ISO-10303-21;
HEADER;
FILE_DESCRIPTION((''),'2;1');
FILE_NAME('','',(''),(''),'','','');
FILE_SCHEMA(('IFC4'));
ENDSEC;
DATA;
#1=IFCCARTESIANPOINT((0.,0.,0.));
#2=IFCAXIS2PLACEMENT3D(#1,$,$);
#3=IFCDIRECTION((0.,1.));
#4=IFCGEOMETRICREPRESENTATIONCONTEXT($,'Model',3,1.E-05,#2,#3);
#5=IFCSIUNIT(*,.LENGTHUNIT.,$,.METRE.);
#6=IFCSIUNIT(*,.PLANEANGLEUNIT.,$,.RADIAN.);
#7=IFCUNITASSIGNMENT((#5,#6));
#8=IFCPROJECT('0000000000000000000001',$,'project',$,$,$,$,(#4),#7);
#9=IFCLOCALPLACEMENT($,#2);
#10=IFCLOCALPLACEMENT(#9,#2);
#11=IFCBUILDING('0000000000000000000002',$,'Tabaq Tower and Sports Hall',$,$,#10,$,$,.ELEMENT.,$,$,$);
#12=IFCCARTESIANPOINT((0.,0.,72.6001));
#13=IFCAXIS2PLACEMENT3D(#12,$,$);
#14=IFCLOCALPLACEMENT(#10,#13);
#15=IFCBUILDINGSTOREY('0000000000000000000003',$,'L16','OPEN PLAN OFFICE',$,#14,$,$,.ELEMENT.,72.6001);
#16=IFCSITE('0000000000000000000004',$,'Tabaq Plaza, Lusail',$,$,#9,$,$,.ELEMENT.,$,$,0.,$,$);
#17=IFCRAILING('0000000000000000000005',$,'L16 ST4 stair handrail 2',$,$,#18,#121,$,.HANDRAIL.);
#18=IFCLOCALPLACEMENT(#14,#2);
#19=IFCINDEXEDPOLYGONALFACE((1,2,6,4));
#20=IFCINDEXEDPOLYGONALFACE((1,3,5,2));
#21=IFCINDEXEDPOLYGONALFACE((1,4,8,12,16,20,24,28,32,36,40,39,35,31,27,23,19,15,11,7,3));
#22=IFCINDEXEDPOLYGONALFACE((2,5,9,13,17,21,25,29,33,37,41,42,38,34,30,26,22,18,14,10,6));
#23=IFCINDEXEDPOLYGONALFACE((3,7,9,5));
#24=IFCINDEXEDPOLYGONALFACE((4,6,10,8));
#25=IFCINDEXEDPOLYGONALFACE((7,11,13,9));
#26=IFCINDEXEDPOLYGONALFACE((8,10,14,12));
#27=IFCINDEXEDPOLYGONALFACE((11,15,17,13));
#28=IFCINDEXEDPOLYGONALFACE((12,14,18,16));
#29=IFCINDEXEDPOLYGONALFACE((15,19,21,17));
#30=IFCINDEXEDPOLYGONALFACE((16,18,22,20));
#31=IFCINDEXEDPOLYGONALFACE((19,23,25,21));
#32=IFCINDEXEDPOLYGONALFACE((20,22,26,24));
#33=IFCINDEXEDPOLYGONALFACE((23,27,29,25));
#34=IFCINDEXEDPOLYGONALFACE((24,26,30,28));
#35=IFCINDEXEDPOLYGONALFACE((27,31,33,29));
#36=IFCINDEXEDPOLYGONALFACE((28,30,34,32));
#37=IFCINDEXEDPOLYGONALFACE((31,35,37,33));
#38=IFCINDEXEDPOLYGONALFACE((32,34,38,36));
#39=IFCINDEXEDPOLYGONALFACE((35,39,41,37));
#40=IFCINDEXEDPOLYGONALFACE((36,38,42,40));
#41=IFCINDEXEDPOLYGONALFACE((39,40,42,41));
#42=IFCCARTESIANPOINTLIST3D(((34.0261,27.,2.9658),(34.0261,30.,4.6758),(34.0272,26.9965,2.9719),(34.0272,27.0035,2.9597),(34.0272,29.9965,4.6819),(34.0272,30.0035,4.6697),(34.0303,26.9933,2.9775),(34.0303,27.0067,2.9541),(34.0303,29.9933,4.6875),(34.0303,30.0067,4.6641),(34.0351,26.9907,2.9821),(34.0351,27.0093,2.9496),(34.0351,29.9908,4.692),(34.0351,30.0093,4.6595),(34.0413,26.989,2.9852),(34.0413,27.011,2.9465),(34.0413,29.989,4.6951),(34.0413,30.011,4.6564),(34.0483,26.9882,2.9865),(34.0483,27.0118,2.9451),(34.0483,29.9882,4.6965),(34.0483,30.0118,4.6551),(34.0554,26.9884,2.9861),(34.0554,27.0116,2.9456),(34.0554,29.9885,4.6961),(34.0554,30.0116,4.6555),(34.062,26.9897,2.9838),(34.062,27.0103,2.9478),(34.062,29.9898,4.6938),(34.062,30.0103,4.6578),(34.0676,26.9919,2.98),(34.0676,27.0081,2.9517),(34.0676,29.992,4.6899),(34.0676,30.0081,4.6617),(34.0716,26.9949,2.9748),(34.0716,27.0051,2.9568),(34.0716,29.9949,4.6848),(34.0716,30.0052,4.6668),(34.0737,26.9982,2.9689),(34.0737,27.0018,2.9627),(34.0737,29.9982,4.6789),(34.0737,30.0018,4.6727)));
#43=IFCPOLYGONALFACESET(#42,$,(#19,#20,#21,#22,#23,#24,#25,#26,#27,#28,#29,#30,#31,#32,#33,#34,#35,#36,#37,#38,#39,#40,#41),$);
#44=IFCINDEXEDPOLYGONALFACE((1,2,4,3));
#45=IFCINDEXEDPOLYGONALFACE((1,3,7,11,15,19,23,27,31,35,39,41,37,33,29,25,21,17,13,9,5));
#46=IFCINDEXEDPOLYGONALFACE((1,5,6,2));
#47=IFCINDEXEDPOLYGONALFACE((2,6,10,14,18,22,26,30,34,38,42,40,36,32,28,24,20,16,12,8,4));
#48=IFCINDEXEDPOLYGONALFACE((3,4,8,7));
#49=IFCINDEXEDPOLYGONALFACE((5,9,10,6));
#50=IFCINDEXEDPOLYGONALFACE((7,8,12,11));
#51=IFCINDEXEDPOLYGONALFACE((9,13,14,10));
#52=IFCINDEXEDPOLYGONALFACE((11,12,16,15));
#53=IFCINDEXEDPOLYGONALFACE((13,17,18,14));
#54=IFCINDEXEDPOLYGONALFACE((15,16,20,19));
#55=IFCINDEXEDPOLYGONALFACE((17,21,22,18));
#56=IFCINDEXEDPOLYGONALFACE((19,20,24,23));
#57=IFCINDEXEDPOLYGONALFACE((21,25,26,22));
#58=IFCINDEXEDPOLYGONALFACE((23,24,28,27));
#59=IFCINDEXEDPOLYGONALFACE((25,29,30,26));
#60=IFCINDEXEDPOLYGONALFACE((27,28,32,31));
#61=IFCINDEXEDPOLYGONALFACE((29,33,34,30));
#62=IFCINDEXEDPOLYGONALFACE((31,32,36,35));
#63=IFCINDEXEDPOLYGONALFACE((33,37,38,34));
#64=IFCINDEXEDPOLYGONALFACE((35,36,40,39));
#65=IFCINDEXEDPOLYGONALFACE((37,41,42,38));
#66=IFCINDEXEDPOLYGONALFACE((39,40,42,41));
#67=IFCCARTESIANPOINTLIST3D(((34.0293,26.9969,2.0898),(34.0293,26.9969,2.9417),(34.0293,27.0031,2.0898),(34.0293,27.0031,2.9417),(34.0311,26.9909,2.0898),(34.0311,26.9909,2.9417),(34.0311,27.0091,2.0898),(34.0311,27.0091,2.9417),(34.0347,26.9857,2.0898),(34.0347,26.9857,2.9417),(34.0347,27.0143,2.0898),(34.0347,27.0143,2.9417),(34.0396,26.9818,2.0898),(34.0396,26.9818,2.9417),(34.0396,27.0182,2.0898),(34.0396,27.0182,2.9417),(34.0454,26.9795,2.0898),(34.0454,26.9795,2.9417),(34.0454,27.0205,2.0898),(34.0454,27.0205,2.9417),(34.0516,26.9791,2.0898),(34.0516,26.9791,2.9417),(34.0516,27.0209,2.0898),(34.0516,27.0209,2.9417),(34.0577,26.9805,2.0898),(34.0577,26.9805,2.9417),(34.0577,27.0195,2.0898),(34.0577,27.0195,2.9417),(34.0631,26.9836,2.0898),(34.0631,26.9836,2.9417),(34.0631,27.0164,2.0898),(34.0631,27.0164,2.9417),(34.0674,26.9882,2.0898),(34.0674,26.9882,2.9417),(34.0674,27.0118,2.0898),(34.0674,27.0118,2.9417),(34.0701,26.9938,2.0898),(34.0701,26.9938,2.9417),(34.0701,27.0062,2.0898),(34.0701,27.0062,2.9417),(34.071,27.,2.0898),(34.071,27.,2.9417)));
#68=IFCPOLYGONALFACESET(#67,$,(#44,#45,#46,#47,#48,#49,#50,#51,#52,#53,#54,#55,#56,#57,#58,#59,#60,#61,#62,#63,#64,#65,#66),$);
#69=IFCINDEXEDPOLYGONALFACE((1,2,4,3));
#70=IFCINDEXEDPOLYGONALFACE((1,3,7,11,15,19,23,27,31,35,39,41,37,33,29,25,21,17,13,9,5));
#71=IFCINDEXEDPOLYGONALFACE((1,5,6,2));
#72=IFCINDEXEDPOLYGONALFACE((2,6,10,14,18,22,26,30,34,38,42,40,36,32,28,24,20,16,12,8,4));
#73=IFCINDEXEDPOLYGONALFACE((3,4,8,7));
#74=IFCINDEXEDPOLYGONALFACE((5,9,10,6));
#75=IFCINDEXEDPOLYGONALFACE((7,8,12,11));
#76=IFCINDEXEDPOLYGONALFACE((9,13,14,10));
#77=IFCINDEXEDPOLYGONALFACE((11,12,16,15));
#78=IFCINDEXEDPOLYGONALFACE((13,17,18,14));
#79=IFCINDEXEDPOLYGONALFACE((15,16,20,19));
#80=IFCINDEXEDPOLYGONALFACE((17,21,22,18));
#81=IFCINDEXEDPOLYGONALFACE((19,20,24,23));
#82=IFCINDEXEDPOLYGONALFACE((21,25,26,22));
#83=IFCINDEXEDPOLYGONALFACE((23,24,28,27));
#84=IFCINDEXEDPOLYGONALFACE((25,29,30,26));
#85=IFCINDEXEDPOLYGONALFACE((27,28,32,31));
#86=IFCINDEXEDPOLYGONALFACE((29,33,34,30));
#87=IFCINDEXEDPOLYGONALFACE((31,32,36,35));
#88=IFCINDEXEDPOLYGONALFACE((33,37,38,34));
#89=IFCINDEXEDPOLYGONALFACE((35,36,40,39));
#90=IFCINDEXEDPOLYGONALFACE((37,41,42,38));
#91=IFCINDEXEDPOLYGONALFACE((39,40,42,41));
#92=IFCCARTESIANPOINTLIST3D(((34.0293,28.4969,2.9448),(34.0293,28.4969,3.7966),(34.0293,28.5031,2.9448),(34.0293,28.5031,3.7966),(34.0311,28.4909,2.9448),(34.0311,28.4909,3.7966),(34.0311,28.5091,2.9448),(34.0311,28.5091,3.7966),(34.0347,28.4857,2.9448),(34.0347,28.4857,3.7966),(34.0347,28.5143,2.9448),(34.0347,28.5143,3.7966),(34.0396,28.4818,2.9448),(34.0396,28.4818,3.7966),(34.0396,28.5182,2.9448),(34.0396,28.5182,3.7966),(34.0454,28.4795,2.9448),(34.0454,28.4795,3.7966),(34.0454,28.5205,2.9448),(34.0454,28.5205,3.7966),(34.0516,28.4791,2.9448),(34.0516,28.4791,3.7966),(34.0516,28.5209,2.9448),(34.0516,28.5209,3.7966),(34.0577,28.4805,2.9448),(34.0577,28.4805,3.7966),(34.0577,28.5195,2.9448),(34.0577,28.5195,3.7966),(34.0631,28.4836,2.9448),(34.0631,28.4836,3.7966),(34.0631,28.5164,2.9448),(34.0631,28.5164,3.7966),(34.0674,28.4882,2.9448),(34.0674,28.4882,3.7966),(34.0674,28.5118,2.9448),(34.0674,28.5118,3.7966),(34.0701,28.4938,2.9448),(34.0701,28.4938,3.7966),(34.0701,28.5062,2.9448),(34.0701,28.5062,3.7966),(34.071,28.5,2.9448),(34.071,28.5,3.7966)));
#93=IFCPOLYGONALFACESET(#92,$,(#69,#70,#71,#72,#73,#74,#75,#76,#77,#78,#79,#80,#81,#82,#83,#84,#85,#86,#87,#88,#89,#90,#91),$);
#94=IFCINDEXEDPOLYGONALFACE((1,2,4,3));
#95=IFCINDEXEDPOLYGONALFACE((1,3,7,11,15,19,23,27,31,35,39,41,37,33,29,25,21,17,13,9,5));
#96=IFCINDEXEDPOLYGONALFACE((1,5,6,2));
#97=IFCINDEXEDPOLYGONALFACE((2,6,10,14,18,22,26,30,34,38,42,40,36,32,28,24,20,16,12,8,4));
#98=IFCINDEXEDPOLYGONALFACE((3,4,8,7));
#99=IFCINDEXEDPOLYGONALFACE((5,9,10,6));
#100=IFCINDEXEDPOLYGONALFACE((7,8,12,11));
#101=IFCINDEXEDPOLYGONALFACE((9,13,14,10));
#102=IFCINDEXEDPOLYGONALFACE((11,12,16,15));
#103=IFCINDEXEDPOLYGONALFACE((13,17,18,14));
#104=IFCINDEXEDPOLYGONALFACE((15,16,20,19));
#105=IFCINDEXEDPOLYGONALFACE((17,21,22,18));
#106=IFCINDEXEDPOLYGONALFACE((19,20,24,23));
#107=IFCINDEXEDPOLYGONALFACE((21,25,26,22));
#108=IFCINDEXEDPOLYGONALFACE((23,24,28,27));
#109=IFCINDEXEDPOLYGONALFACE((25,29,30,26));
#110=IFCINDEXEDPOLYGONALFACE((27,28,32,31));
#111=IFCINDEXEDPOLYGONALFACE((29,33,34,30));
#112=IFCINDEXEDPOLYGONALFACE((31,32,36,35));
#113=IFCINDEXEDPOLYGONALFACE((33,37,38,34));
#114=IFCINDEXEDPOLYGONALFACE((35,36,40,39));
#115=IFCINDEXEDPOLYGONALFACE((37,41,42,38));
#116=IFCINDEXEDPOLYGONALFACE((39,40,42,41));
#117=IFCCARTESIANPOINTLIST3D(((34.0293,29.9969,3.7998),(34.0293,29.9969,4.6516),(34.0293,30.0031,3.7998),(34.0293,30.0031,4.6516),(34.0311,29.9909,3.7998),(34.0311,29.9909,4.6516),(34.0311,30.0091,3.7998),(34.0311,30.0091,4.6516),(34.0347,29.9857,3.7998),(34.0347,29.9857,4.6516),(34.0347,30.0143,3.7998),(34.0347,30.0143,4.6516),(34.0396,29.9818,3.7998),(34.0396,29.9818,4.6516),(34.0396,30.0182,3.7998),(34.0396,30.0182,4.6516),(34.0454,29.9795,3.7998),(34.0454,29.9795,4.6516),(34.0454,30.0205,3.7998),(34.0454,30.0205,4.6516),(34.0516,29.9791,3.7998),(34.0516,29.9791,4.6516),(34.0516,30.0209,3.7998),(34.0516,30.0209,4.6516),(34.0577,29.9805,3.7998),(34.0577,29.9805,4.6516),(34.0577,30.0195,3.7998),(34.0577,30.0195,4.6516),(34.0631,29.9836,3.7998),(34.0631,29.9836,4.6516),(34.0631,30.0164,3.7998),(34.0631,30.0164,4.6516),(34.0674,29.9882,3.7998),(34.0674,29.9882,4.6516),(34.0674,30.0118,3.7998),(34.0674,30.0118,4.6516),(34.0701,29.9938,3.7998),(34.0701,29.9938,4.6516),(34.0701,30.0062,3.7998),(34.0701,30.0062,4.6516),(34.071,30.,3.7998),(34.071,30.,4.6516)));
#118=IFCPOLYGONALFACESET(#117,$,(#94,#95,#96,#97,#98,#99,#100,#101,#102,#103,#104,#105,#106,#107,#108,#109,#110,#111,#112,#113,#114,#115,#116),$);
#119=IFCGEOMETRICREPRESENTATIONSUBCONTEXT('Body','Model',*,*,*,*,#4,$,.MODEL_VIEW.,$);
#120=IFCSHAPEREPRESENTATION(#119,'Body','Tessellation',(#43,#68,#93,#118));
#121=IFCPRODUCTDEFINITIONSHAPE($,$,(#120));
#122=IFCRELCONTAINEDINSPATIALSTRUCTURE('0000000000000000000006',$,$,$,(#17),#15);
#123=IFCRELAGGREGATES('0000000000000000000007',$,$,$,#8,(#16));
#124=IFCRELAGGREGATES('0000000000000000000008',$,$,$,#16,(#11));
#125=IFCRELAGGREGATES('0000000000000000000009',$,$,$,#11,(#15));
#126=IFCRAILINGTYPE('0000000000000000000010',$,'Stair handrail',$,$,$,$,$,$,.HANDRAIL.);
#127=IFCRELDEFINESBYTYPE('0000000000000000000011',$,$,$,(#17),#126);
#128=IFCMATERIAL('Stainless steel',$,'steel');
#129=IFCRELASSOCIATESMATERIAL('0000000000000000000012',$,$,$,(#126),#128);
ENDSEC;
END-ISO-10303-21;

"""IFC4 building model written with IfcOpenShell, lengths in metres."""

from ifc_helpers import new_model, si_unit, direction, frame, origin, origin_2d, place, context, subcontext, project, spatial, circle, extrude, material, type_object, element, save


model = new_model("IFC4")

# Units and contexts
model_context = context("Model", 3, precision=1e-05, world=origin(), true_north=direction((0.0, 1.0)))
body_context = subcontext(model_context, "Body", "Model", "MODEL_VIEW")
ifc_project = project(units=[si_unit("LENGTHUNIT", "METRE"), si_unit("PLANEANGLEUNIT", "RADIAN")], contexts=[model_context])

# Site, building, storey
site_placement = place(None, origin())
site = spatial("IfcSite", under=ifc_project, at=site_placement, Name="Tabaq Plaza, Lusail", CompositionType="ELEMENT", RefElevation=0.0)
building_placement = place(site_placement, origin())
building = spatial("IfcBuilding", under=site, at=building_placement, Name="Tabaq Tower and Sports Hall", CompositionType="ELEMENT")
storey_placement = place(building_placement, frame((0.0, 0.0, 72.6001)))
storey = spatial("IfcBuildingStorey", under=building, at=storey_placement, Name="L16", Description="OPEN PLAN OFFICE", CompositionType="ELEMENT", Elevation=72.6001)

# Railing
ifc_material_1 = material(Name="Stainless steel", Category="steel")
railing_type_1 = type_object("IfcRailingType", Name="Stair handrail", PredefinedType="HANDRAIL", material=ifc_material_1)
railing_1_placement = place(storey_placement, frame((34.05, 27.0, 2.0898)))
element("IfcRailing", 1, at=railing_1_placement, inside=storey, type_object=railing_type_1, Name="L16 ST4 stair handrail 2", PredefinedType="HANDRAIL", context=body_context, shape_type="SweptSolid", body=[
    extrude(circle(Radius=0.0239, at=origin_2d()), frame((0.0, 0.0, 0.876), z_axis=(0.0, 0.868782, 0.495195), x_axis=(-1.0, 0.0, 0.0)), (0.0, 0.0, 1.0), 3.4531),
    extrude(circle(Radius=0.021, at=origin_2d()), origin(), (0.0, 0.0, 1.0), 0.8518),
    extrude(circle(Radius=0.021, at=origin_2d()), frame((0.0, 1.5, 0.855)), (0.0, 0.0, 1.0), 0.8518),
    extrude(circle(Radius=0.021, at=origin_2d()), frame((0.0, 3.0, 1.71)), (0.0, 0.0, 1.0), 0.8518),
])

save(model, "model.ifc")
